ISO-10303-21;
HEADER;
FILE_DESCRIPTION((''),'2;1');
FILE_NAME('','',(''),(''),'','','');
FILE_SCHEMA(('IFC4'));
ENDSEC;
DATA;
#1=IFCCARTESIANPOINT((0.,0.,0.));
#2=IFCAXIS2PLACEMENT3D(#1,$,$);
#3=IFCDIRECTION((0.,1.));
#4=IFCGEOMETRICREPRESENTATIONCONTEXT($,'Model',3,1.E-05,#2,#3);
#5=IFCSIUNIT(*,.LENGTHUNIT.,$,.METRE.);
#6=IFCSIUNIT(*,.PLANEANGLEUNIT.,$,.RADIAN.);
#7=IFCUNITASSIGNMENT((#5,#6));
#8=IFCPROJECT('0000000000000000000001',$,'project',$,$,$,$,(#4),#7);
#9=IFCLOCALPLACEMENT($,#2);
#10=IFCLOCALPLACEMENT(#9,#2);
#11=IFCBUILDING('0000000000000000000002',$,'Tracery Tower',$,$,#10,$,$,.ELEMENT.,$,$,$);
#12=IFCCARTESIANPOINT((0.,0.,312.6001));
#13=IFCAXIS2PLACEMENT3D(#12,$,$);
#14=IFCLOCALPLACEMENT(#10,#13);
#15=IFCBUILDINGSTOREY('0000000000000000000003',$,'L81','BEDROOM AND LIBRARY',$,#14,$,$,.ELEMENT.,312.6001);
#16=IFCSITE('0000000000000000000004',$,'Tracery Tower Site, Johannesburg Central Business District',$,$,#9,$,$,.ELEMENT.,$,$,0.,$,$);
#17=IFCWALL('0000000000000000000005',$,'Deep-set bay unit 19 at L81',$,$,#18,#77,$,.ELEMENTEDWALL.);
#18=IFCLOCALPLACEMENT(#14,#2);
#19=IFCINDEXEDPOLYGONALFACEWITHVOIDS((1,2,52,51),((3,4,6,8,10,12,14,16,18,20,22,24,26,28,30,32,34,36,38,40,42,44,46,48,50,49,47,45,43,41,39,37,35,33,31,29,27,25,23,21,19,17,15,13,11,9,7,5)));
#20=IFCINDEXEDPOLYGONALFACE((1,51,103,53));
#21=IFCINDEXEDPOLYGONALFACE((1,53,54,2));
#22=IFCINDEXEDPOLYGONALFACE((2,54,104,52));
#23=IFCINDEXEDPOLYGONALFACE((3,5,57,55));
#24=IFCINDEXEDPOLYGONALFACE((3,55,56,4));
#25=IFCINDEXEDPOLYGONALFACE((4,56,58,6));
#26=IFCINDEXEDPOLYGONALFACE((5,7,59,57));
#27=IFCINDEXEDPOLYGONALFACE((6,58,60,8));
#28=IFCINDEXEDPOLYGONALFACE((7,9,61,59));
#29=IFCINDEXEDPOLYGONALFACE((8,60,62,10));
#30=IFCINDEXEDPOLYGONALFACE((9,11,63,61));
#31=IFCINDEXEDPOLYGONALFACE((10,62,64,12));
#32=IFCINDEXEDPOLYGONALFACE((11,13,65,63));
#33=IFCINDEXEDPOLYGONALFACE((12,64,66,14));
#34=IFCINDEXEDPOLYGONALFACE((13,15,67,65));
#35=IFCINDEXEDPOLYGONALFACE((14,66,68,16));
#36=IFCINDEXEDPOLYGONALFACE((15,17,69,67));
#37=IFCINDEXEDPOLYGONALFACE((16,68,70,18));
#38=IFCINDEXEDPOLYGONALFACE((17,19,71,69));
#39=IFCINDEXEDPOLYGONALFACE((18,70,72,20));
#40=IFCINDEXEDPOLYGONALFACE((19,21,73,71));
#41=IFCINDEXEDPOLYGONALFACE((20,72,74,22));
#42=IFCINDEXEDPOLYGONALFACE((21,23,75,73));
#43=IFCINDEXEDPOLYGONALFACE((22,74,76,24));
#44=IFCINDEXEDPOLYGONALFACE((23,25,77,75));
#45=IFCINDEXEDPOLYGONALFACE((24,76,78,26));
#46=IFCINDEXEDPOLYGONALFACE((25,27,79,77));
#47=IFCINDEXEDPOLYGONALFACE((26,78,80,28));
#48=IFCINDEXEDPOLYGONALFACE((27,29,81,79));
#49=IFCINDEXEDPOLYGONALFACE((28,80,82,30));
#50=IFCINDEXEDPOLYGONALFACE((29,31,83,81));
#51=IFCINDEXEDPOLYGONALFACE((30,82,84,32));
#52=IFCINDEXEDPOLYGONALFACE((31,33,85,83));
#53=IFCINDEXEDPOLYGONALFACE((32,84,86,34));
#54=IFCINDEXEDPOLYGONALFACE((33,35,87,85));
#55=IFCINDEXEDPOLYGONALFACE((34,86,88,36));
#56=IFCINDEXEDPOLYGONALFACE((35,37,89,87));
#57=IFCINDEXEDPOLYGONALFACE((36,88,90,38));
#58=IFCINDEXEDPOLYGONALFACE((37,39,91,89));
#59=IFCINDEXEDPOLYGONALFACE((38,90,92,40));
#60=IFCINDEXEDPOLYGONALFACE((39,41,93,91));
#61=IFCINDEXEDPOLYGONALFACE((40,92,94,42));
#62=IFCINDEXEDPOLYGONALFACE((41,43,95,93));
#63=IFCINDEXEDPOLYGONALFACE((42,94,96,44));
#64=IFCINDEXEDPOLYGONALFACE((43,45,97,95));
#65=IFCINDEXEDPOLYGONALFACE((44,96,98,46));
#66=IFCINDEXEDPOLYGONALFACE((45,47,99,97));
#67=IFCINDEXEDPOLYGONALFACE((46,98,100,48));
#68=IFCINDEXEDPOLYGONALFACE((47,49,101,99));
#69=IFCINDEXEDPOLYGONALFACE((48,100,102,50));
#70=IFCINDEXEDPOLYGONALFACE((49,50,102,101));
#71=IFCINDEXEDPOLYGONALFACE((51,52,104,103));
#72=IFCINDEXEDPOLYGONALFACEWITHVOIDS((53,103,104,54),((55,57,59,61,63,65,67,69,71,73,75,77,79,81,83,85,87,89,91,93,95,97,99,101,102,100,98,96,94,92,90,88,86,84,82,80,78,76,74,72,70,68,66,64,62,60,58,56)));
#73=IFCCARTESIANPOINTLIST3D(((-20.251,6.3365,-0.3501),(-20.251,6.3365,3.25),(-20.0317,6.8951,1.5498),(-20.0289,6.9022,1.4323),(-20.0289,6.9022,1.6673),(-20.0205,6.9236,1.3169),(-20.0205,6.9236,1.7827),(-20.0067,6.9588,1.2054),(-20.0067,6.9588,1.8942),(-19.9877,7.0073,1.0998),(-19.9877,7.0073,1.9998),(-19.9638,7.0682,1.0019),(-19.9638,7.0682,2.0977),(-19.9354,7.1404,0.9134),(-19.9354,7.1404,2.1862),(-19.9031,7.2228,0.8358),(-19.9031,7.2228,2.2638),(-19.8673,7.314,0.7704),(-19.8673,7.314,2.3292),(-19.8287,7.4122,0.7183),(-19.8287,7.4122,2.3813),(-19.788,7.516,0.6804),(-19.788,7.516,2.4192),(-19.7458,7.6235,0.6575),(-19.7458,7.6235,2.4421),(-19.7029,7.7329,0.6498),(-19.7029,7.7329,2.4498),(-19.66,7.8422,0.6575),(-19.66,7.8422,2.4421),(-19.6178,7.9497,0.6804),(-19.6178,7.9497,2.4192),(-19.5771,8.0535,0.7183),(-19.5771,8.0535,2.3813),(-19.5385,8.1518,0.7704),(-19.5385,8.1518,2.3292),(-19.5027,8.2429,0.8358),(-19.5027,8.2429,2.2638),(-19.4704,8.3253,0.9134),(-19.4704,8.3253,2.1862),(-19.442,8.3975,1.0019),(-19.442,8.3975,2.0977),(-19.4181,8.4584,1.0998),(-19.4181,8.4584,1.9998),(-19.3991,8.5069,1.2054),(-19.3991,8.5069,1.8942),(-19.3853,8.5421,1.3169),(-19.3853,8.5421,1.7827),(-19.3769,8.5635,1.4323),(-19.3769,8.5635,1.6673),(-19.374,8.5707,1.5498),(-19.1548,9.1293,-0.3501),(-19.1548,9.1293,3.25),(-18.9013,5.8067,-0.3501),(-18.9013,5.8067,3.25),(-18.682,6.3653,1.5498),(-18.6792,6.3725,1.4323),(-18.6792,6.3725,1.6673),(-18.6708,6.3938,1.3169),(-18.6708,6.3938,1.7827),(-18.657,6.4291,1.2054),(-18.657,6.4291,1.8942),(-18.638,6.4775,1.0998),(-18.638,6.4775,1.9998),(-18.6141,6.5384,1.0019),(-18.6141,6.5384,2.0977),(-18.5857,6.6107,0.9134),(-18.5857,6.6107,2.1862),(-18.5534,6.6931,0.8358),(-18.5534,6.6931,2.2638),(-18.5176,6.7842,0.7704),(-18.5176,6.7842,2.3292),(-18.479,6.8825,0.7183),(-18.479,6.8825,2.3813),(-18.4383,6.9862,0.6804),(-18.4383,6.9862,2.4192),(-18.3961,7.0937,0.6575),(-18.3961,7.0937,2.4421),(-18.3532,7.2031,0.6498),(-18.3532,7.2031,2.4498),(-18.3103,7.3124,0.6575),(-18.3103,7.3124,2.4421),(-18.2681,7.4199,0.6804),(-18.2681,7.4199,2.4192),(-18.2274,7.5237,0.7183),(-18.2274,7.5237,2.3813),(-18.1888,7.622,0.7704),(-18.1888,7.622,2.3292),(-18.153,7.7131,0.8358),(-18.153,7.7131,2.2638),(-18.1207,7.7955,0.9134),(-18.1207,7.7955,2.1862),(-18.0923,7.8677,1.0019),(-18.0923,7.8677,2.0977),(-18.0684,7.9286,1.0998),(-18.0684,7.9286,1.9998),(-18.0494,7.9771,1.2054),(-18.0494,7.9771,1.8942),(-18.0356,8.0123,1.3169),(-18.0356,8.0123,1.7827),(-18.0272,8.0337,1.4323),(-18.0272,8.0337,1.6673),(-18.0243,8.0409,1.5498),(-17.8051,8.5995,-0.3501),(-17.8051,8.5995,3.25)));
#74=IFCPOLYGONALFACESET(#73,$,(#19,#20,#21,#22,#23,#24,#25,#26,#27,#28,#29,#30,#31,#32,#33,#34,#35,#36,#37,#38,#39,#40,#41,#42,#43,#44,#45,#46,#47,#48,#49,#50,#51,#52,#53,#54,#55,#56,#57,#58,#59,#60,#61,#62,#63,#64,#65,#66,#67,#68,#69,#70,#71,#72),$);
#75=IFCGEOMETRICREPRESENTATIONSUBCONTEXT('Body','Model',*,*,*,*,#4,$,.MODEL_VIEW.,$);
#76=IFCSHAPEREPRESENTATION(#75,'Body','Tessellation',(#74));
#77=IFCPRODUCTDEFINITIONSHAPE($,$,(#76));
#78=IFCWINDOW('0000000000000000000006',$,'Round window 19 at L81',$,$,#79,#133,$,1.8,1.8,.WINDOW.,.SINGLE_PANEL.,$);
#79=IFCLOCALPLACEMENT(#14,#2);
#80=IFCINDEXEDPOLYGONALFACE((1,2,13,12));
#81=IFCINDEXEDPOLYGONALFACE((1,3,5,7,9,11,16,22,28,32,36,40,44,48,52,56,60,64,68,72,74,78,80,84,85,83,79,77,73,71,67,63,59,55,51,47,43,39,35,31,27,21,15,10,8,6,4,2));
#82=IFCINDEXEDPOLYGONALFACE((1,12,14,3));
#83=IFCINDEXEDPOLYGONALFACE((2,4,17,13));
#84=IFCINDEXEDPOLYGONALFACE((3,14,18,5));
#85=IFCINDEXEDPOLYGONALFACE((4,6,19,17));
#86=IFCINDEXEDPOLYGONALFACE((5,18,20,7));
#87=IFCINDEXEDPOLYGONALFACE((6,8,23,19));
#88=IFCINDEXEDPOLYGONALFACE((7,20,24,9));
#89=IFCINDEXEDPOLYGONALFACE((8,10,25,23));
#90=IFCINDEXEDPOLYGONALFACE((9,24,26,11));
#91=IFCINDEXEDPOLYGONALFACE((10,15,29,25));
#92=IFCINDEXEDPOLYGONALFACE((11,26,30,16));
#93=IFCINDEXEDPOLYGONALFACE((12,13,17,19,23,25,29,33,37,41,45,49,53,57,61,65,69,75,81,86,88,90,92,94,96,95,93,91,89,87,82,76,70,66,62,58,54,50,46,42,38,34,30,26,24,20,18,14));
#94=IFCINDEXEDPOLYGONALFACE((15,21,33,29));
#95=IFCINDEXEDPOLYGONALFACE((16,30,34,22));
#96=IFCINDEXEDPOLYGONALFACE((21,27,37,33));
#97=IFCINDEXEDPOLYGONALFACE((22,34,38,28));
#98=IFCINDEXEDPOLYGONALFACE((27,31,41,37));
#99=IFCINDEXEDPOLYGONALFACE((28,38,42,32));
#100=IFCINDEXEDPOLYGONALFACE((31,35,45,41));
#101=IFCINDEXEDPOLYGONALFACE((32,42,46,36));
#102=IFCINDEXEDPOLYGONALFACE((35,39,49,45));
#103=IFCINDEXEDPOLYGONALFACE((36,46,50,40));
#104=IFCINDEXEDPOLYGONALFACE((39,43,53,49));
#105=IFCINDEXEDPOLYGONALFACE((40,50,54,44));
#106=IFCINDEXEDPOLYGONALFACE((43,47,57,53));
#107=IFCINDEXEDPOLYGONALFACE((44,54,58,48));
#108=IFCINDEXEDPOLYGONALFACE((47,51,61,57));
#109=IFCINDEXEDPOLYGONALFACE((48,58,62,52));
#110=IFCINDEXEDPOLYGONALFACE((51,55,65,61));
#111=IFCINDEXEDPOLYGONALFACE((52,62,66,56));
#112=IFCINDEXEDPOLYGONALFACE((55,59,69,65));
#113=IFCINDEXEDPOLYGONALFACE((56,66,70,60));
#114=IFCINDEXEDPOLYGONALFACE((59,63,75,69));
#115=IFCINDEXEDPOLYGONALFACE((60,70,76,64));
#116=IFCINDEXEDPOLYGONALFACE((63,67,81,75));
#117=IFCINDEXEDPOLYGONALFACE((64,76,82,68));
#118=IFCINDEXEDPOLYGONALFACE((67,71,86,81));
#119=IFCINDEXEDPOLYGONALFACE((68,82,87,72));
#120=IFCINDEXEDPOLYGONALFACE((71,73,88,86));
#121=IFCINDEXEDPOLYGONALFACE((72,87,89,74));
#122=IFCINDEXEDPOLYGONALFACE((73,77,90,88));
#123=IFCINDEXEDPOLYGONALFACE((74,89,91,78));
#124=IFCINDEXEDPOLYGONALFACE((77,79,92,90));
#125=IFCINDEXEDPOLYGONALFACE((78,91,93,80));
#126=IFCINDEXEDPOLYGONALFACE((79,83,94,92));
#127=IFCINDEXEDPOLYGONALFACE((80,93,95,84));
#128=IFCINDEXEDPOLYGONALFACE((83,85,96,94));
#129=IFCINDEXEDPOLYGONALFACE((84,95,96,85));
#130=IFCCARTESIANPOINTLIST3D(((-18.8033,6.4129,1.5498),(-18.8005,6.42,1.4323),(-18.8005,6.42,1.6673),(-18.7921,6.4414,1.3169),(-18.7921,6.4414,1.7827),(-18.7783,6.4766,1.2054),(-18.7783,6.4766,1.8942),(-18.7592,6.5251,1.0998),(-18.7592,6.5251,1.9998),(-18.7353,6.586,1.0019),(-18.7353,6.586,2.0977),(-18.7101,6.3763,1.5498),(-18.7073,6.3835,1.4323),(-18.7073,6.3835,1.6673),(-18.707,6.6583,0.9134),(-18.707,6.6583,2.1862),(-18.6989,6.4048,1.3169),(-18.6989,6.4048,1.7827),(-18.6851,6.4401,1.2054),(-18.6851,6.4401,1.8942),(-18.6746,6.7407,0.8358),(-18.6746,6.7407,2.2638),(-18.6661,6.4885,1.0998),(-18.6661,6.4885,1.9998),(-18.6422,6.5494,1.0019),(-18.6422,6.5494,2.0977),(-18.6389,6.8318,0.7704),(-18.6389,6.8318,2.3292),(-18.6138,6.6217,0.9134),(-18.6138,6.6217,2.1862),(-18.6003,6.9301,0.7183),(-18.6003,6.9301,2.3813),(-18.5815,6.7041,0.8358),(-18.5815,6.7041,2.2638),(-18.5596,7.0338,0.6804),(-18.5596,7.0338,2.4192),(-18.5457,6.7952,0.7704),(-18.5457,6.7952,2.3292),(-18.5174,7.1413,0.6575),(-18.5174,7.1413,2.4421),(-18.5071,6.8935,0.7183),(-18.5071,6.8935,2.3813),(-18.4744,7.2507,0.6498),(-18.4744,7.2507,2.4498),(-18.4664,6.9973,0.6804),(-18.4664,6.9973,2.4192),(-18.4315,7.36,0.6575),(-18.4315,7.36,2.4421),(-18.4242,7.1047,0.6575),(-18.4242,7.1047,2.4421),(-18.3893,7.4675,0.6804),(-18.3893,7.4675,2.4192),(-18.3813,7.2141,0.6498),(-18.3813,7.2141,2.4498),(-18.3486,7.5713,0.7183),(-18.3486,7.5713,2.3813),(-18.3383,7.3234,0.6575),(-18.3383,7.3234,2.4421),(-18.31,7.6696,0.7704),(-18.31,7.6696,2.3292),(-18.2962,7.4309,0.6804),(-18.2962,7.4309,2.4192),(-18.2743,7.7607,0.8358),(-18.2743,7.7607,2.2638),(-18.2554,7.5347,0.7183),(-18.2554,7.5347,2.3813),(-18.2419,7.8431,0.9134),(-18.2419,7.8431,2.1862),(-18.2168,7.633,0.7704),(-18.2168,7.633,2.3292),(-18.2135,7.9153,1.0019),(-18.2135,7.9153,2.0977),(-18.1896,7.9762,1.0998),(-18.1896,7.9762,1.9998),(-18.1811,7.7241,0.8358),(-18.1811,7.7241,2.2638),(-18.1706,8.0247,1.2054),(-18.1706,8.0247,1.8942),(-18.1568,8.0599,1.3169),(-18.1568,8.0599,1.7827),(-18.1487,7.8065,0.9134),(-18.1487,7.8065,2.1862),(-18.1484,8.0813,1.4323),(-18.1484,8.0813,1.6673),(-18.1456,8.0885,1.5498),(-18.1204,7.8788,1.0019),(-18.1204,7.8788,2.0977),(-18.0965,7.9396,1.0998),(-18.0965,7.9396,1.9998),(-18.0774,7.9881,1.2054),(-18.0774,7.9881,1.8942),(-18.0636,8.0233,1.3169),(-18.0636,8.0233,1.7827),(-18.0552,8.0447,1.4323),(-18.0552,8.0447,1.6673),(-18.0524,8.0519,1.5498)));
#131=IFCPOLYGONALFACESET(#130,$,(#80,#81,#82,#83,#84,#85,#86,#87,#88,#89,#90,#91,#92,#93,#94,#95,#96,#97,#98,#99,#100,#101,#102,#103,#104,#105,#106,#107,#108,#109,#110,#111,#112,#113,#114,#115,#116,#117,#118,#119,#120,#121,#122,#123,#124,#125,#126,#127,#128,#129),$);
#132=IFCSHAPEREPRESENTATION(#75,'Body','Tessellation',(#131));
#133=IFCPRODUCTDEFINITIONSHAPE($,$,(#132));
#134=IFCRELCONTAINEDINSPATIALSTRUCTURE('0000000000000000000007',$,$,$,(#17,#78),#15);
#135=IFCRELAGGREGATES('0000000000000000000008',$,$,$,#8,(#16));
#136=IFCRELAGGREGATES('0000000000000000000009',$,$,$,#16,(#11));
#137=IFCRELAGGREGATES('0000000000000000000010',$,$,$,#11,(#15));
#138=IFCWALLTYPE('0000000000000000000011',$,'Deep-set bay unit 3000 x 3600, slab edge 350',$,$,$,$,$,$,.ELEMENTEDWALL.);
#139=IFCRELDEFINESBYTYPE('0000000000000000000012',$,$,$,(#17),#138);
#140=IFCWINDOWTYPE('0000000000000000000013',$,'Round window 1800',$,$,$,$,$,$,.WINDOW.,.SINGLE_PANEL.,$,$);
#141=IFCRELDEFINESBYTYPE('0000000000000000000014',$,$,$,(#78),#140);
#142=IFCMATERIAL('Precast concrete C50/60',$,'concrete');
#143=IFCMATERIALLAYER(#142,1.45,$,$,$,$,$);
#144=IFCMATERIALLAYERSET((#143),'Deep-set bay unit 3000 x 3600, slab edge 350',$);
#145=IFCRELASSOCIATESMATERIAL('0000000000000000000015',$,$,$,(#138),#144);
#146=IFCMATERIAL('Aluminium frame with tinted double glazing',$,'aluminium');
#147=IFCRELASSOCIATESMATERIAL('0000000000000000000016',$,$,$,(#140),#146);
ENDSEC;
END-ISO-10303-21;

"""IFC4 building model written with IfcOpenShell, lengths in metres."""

from ifc_helpers import new_model, si_unit, direction, frame, frame_2d, origin, origin_2d, place, context, subcontext, project, spatial, rectangle, circle, extrude, material, layer, layer_set, type_object, element, fill, save


model = new_model("IFC4")

# Units and contexts
model_context = context("Model", 3, precision=1e-05, world=origin(), true_north=direction((0.0, 1.0)))
body_context = subcontext(model_context, "Body", "Model", "MODEL_VIEW")
ifc_project = project(units=[si_unit("LENGTHUNIT", "METRE"), si_unit("PLANEANGLEUNIT", "RADIAN")], contexts=[model_context])

# Site, building, storey
site_placement = place(None, origin())
site = spatial("IfcSite", under=ifc_project, at=site_placement, Name="Tracery Tower Site, Johannesburg Central Business District", CompositionType="ELEMENT", RefElevation=0.0)
building_placement = place(site_placement, origin())
building = spatial("IfcBuilding", under=site, at=building_placement, Name="Tracery Tower", CompositionType="ELEMENT")
storey_placement = place(building_placement, frame((0.0, 0.0, 312.6001)))
storey = spatial("IfcBuildingStorey", under=building, at=storey_placement, Name="L81", Description="BEDROOM AND LIBRARY", CompositionType="ELEMENT", Elevation=312.6001)

# Wall, opening, window
ifc_material_1 = material(Name="Precast concrete C50/60", Category="concrete")
ifc_layer_1 = layer(ifc_material_1, 1.45)
ifc_layer_set_1 = layer_set([ifc_layer_1], Name="Deep-set bay unit 3000 x 3600, slab edge 350")
wall_type_1 = type_object("IfcWallType", Name="Deep-set bay unit 3000 x 3600, slab edge 350", PredefinedType="ELEMENTEDWALL", material=ifc_layer_set_1)
ifc_material_2 = material(Name="Aluminium frame with tinted double glazing", Category="aluminium")
window_type = type_object("IfcWindowType", Name="Round window 1800", PartitioningType="SINGLE_PANEL", PredefinedType="WINDOW", material=ifc_material_2)
wall_1_placement = place(storey_placement, frame((-18.48, 8.8643, -0.3501), z_axis=(0.0, 0.0, 1.0), x_axis=(-0.365378, -0.930859, 0.0)))
wall_1 = element("IfcWall", 1, at=wall_1_placement, inside=storey, type_object=wall_type_1, Name="Deep-set bay unit 19 at L81", PredefinedType="ELEMENTEDWALL", context=body_context, shape_type="SweptSolid", body=[
    extrude(rectangle(XDim=3.0002, YDim=1.45, at=frame_2d((1.5, 0.0))), origin(), (0.0, 0.0, 1.0), 3.6001),
])
opening_1_placement = place(wall_1_placement, frame((1.5, 0.0, 1.8999)))
opening_1 = element("IfcOpeningElement", 2, at=opening_1_placement, cuts=wall_1, PredefinedType="OPENING", context=body_context, shape_type="SweptSolid", body=[
    extrude(circle(Radius=0.9, at=origin_2d()), frame((0.0, 0.7349, 0.0), z_axis=(0.0, -1.0, 0.0), x_axis=(1.0, 0.0, 0.0)), (0.0, 0.0, 1.0), 1.47),
])
window_1_placement = place(opening_1_placement, origin())
window_1 = element("IfcWindow", 3, at=window_1_placement, inside=storey, type_object=window_type, Name="Round window 19 at L81", OverallHeight=1.8, OverallWidth=1.8, PartitioningType="SINGLE_PANEL", PredefinedType="WINDOW", context=body_context, shape_type="SweptSolid", body=[
    extrude(circle(Radius=0.9, at=origin_2d()), frame((0.0, 0.6948, 0.0), z_axis=(0.0, -1.0, 0.0), x_axis=(1.0, 0.0, 0.0)), (0.0, 0.0, 1.0), 0.1001),
])
fill(opening_1, window_1)

save(model, "model.ifc")
